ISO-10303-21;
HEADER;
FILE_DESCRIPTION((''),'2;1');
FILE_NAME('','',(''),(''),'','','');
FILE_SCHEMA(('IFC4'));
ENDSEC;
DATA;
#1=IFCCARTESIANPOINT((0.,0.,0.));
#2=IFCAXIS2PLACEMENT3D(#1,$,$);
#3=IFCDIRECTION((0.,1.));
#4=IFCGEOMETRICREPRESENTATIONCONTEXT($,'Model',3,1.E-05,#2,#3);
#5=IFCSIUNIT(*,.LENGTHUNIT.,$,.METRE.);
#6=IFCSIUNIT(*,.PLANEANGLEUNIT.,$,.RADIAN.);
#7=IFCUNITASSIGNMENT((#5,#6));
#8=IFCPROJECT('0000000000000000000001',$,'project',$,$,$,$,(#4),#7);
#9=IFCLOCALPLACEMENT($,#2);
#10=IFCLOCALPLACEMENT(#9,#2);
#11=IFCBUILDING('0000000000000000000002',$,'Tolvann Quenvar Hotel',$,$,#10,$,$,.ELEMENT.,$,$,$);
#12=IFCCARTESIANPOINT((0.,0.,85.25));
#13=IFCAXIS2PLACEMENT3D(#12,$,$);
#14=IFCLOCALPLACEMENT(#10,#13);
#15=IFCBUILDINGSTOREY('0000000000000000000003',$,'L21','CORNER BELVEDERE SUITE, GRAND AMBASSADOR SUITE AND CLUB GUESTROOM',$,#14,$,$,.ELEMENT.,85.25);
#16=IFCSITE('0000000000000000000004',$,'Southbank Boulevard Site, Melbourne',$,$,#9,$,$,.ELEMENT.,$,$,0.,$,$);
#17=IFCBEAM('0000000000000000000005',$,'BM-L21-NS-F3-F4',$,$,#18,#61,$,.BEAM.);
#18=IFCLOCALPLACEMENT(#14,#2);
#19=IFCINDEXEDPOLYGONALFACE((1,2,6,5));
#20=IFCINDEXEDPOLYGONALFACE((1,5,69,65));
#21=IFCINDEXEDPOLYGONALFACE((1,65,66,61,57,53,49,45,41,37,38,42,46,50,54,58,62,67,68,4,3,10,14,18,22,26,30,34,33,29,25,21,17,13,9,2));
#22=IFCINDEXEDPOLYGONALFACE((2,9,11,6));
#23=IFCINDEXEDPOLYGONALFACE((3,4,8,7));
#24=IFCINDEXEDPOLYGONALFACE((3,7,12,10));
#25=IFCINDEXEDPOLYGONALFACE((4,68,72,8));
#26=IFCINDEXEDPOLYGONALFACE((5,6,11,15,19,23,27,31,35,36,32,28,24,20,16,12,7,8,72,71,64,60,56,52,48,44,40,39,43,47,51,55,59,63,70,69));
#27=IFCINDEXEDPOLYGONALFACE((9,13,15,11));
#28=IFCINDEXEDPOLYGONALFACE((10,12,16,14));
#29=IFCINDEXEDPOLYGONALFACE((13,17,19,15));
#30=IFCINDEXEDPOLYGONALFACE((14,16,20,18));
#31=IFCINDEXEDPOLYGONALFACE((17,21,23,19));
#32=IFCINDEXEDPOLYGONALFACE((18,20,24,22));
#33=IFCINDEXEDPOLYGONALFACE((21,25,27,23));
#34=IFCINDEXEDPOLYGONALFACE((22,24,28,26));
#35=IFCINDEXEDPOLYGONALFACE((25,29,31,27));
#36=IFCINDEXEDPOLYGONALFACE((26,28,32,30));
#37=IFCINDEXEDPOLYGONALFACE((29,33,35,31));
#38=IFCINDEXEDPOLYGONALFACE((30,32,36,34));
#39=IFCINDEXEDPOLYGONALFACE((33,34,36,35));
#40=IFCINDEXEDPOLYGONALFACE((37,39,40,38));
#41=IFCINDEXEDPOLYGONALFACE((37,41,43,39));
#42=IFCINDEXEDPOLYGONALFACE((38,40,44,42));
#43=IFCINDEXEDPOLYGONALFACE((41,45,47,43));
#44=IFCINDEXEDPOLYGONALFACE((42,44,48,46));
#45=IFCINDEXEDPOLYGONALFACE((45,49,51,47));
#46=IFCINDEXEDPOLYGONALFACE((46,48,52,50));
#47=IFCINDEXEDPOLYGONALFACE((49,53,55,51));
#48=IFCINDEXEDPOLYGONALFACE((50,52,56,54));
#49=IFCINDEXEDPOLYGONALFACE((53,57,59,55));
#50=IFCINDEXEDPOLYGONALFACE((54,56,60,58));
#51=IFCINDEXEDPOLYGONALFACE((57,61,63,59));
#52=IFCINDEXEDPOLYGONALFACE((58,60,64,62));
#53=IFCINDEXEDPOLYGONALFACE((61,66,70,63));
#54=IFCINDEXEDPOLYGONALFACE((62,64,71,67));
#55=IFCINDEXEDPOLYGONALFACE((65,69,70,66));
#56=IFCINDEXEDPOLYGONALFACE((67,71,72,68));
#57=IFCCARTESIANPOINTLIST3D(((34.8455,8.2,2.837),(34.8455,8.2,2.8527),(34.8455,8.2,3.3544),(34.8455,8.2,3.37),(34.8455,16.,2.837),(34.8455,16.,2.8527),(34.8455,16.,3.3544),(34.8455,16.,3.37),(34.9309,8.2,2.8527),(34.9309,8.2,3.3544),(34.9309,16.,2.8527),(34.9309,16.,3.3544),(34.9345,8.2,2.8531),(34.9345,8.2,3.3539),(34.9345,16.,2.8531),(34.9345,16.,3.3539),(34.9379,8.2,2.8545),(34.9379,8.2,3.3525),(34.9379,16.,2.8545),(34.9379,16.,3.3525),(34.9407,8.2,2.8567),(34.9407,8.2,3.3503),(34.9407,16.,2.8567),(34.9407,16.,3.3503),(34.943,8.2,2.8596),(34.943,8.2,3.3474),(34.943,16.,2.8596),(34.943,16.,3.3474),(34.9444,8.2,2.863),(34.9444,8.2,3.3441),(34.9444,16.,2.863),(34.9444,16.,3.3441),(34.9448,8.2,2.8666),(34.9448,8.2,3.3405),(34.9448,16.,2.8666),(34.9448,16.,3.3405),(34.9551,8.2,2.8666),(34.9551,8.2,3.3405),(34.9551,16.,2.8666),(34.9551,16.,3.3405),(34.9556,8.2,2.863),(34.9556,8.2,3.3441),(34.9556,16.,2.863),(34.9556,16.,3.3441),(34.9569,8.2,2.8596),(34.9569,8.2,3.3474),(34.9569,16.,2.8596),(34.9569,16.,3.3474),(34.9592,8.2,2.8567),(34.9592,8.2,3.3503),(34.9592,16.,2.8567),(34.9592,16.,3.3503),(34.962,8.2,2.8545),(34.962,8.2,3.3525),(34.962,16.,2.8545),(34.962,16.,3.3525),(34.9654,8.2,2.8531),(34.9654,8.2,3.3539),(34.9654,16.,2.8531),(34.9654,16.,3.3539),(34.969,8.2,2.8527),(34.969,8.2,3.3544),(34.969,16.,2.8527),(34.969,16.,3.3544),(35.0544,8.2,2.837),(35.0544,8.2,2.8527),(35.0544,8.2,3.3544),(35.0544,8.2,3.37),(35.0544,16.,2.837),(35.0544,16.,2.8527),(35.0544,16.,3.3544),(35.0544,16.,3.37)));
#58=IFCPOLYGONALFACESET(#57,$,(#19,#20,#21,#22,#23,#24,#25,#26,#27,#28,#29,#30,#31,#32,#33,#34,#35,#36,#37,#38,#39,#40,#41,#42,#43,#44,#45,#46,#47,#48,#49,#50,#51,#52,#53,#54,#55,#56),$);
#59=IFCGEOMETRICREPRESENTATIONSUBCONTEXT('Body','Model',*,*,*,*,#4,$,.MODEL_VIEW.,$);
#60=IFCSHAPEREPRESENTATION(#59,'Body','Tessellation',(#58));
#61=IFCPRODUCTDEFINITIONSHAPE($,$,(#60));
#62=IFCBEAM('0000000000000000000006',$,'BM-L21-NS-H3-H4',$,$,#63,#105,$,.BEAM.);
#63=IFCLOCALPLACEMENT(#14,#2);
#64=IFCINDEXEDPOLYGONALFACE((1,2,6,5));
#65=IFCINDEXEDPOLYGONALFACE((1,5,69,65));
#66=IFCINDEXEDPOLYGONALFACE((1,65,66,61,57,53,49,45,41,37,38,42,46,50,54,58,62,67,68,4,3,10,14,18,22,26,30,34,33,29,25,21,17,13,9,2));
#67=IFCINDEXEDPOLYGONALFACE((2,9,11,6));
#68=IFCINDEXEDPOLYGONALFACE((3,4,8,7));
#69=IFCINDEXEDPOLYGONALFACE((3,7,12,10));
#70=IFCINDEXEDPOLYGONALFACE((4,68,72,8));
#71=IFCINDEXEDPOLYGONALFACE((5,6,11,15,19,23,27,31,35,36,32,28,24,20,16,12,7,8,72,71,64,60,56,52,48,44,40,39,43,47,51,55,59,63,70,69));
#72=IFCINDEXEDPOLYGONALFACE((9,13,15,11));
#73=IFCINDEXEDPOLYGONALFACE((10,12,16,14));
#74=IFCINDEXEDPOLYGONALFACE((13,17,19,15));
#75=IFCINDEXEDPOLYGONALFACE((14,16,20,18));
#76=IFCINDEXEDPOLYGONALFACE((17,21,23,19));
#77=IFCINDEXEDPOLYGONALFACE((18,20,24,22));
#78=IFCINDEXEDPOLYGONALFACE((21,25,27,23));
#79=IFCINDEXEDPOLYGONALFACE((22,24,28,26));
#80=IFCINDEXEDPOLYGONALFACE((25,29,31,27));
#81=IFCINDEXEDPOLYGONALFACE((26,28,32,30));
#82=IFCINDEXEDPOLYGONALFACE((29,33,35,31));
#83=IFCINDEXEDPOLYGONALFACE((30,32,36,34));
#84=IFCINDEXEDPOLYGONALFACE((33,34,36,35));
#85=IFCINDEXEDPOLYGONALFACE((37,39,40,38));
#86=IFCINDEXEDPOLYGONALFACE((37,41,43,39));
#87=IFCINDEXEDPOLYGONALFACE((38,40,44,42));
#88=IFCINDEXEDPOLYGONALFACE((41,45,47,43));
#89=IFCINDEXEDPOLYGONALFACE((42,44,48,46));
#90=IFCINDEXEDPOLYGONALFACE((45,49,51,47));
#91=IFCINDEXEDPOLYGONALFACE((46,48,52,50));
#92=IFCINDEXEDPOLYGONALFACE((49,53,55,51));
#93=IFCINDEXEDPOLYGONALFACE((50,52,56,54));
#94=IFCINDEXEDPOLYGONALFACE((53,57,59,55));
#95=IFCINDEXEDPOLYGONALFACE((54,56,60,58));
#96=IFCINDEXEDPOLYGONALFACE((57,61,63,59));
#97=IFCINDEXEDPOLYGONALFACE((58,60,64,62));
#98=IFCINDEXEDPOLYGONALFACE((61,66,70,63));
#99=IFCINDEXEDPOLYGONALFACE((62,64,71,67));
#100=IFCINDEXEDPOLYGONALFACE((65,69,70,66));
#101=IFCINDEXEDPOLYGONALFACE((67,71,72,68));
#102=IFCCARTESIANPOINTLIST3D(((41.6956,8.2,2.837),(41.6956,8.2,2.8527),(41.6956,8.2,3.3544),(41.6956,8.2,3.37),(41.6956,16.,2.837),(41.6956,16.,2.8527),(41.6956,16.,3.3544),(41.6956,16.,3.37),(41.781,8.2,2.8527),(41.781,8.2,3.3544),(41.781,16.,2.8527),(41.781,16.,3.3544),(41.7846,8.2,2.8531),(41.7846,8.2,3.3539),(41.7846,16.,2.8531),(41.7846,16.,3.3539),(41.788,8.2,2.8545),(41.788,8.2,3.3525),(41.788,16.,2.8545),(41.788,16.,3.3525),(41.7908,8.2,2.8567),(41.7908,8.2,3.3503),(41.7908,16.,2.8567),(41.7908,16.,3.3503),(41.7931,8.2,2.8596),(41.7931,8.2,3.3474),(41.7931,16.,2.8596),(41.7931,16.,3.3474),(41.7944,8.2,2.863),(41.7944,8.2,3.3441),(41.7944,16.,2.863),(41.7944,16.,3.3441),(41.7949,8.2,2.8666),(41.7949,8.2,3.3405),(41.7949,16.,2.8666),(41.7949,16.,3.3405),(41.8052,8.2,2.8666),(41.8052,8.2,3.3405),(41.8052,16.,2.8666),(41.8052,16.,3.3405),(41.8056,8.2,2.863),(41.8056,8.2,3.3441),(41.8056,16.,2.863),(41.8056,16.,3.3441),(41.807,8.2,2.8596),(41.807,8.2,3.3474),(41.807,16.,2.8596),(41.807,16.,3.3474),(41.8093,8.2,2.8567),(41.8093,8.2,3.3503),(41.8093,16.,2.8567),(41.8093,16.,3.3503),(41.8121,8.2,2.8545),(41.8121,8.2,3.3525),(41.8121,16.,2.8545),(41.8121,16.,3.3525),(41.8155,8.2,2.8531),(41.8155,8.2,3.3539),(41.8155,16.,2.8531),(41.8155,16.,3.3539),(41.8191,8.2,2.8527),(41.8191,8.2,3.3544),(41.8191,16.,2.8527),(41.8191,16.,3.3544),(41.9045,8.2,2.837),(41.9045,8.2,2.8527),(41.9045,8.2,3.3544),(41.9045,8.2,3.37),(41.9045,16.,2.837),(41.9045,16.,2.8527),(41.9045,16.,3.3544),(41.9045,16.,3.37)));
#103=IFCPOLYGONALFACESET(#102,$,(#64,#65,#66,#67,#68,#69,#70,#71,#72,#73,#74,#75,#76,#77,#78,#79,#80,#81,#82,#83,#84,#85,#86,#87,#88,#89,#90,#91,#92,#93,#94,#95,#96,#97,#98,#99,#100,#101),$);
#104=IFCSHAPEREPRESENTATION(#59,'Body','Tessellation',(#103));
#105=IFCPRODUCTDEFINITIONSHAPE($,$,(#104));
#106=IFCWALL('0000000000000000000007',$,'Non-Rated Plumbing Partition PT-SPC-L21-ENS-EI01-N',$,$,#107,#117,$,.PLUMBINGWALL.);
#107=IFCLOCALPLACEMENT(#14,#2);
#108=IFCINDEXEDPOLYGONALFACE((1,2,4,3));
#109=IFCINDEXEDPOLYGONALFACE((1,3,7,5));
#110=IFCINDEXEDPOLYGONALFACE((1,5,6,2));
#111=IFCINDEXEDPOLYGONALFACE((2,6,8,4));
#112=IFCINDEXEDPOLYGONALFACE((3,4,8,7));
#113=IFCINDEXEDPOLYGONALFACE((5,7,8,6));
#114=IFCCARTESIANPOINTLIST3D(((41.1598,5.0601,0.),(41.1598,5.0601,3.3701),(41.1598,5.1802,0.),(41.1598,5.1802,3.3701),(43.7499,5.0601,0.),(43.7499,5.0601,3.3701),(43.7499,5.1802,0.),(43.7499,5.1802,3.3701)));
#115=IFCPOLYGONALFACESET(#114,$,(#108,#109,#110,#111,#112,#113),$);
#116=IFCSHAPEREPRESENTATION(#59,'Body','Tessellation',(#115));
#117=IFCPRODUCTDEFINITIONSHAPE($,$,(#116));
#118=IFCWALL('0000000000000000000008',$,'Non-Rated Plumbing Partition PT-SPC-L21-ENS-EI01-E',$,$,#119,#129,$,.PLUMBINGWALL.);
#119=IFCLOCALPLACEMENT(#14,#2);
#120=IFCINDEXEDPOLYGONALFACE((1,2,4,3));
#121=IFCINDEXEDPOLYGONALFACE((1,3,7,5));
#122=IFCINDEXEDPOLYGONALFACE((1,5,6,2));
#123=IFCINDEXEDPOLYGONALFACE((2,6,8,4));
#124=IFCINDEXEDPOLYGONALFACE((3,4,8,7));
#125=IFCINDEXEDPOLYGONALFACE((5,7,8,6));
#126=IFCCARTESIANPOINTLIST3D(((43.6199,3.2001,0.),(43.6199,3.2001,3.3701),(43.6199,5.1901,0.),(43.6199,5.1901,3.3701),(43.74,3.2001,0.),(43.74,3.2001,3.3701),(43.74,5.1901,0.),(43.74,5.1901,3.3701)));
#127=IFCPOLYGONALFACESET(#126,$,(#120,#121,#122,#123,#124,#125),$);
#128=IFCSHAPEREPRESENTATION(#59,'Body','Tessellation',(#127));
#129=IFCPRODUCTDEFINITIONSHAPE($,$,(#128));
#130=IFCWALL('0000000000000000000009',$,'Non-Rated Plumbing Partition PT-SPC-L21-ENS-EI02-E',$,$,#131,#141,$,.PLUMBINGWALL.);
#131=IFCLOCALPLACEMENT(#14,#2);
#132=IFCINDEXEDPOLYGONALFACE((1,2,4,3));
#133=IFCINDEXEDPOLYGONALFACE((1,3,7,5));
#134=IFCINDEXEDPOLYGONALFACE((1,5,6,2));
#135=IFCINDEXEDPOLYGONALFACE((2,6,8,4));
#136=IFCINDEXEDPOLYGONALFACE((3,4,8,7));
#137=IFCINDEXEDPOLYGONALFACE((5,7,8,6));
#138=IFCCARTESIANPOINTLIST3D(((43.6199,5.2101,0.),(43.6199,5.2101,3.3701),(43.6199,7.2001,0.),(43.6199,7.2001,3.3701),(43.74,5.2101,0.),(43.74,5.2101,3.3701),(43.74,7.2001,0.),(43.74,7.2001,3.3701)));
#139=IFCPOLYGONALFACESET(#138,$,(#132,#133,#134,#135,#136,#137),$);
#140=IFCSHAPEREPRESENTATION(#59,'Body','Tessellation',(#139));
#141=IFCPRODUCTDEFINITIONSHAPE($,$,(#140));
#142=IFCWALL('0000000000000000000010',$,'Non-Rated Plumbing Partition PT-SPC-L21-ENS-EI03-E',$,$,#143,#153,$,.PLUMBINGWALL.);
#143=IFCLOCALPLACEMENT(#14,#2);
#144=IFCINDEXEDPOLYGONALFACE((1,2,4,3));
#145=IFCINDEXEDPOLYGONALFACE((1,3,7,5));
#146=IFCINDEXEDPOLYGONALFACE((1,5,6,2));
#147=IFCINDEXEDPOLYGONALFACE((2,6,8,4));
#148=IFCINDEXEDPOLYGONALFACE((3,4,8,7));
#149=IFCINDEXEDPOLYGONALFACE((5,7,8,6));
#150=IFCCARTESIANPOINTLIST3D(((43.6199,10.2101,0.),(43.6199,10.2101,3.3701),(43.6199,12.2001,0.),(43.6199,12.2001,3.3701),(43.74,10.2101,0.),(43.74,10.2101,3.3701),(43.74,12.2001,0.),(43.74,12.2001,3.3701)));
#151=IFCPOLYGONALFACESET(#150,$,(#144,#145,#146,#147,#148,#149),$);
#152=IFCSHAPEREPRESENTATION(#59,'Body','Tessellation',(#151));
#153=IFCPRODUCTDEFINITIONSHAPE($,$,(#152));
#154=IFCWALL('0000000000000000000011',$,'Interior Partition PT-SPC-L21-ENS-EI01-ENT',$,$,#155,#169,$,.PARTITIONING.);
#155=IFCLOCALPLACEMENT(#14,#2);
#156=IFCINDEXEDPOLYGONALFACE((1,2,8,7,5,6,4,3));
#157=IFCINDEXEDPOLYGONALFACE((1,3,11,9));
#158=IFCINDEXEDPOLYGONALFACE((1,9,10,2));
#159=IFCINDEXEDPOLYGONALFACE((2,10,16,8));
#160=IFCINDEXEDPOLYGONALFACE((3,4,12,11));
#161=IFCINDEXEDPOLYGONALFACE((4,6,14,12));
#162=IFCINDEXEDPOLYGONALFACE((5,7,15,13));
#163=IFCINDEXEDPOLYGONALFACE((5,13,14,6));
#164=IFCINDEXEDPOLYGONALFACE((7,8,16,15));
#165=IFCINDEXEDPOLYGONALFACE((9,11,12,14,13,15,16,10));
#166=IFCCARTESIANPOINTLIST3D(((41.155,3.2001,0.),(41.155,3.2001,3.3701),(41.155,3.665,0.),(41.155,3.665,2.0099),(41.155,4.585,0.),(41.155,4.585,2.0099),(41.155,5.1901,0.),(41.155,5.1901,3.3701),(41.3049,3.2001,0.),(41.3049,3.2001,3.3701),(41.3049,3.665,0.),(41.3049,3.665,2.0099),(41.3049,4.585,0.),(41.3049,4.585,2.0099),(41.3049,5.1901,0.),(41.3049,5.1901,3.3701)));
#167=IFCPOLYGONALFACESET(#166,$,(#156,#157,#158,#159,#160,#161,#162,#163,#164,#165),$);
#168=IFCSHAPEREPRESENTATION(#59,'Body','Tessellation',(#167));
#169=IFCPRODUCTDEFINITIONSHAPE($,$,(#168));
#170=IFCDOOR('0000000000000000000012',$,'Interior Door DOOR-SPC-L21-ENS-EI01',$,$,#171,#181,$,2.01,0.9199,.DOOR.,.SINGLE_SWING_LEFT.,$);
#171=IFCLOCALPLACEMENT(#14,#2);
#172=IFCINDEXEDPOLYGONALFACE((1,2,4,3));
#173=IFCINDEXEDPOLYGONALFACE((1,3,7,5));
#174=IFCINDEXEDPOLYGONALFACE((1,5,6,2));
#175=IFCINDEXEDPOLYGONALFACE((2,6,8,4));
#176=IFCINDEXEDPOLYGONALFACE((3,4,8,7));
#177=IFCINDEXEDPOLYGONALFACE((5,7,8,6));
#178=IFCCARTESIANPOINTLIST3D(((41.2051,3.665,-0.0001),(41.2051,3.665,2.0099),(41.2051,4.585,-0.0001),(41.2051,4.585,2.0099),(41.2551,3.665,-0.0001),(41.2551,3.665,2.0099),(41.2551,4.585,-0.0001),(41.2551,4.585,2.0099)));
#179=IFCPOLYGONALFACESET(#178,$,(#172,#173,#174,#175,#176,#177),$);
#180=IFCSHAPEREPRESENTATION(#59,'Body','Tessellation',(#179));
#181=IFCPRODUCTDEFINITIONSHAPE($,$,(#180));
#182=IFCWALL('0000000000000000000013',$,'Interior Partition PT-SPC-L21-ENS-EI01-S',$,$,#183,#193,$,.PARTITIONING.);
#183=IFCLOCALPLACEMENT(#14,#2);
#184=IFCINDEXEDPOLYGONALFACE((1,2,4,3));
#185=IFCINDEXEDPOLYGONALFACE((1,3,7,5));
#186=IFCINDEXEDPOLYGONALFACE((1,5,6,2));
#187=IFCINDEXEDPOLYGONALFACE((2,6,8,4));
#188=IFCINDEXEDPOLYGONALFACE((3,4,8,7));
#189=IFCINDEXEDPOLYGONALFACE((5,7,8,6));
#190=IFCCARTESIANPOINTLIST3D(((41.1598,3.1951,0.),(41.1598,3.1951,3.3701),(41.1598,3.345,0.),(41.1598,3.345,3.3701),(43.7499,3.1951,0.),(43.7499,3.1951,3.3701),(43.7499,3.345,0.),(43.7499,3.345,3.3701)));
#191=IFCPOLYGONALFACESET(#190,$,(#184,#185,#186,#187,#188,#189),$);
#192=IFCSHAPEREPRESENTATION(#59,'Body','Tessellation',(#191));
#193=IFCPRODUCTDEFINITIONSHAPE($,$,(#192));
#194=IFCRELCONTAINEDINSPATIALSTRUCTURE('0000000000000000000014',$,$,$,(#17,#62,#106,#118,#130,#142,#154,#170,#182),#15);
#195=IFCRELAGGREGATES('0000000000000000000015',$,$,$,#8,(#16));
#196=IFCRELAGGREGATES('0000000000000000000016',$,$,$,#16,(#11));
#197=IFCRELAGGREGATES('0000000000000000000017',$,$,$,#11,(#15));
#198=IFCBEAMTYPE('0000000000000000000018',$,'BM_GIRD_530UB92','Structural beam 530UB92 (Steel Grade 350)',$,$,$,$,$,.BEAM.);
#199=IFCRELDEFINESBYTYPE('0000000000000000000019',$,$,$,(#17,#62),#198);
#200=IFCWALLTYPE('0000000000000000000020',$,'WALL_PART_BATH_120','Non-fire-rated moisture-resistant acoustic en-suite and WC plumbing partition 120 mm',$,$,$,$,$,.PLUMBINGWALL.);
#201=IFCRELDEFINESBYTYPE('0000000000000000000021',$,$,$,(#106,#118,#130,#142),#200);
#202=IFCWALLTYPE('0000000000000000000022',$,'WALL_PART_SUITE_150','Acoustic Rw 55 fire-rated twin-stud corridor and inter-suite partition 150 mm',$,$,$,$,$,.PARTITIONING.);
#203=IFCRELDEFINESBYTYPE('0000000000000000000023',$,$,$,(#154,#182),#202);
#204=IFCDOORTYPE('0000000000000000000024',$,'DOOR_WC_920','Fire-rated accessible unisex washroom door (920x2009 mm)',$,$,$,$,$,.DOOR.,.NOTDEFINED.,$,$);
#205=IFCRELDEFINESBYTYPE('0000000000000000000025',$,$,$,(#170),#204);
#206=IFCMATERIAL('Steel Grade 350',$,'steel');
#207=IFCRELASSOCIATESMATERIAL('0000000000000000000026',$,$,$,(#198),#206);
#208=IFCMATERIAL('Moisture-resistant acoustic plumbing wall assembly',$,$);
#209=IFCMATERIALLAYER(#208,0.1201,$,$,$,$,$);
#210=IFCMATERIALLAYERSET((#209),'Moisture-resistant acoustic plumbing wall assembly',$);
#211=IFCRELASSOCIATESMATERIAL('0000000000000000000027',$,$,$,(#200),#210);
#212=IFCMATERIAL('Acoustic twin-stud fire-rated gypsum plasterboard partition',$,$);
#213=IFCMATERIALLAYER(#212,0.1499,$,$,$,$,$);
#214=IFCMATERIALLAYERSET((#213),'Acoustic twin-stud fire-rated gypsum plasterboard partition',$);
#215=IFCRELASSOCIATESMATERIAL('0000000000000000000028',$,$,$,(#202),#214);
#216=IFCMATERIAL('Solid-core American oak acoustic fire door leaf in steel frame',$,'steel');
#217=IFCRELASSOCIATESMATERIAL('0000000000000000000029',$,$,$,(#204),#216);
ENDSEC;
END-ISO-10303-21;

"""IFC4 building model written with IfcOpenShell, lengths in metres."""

from ifc_helpers import new_model, si_unit, direction, frame, frame_2d, origin, origin_2d, place, context, subcontext, project, spatial, rectangle, i_section, extrude, source, transform, mapped, material, layer, layer_set, material_profile, profile_set, type_object, type_shapes, element, fill, save


model = new_model("IFC4")

# Units and contexts
model_context = context("Model", 3, precision=1e-05, world=origin(), true_north=direction((0.0, 1.0)))
body_context = subcontext(model_context, "Body", "Model", "MODEL_VIEW")
ifc_project = project(units=[si_unit("LENGTHUNIT", "METRE"), si_unit("PLANEANGLEUNIT", "RADIAN")], contexts=[model_context])

# Site, building, storey
site_placement = place(None, origin())
site = spatial("IfcSite", under=ifc_project, at=site_placement, Name="Southbank Boulevard Site, Melbourne", CompositionType="ELEMENT", RefElevation=0.0)
building_placement = place(site_placement, origin())
building = spatial("IfcBuilding", under=site, at=building_placement, Name="Tolvann Quenvar Hotel", CompositionType="ELEMENT")
storey_placement = place(building_placement, frame((0.0, 0.0, 85.25)))
storey = spatial("IfcBuildingStorey", under=building, at=storey_placement, Name="L21", Description="CORNER BELVEDERE SUITE, GRAND AMBASSADOR SUITE AND CLUB GUESTROOM", CompositionType="ELEMENT", Elevation=85.25)

# Shared definitions
ifc_material_1 = material(Name="Steel Grade 350", Category="steel")

# Beams
ifc_material_profile_1 = material_profile(ifc_material_1, i_section(OverallWidth=0.209, OverallDepth=0.533, WebThickness=0.0103, FlangeThickness=0.0156, FilletRadius=0.0139, at=origin_2d()), Name="530UB92")
ifc_profile_set_1 = profile_set([ifc_material_profile_1], Name="Steel Grade 350")
beam_type_1 = type_object("IfcBeamType", Name="BM_GIRD_530UB92", Description="Structural beam 530UB92 (Steel Grade 350)", PredefinedType="BEAM", material=ifc_profile_set_1)
shared_shape_1 = source(origin(), body_context, "Body", "SweptSolid", [
    extrude(i_section(OverallWidth=0.209, OverallDepth=0.533, WebThickness=0.0103, FlangeThickness=0.0156, FilletRadius=0.0139, at=origin_2d()), origin(), (0.0, 0.0, 1.0), 7.8),
])
for number, where, z_axis, x_axis, name in (
    (1, (34.95, 8.2, 3.1035), (0.0, 1.0, 0.0), (-1.0, 0.0, 0.0), "BM-L21-NS-F3-F4"),
    (2, (41.8, 8.2, 3.1035), (0.0, 1.0, 0.0), (-1.0, 0.0, 0.0), "BM-L21-NS-H3-H4"),
):
    element("IfcBeam", number, at=place(storey_placement, frame(where, z_axis=z_axis, x_axis=x_axis)), inside=storey, type_object=beam_type_1, Name=name, PredefinedType="BEAM", context=body_context, shape_type="MappedRepresentation", body=[
        mapped(shared_shape_1, transform((0.0, 0.0, 0.0), x_axis=(1.0, 0.0, 0.0), y_axis=(0.0, 1.0, 0.0), z_axis=(0.0, 0.0, 1.0), scale=1.0)),
    ])

# Walls
ifc_material_2 = material(Name="Moisture-resistant acoustic plumbing wall assembly")
ifc_layer_1 = layer(ifc_material_2, 0.1201)
ifc_layer_set_1 = layer_set([ifc_layer_1], Name="Moisture-resistant acoustic plumbing wall assembly")
wall_type_1 = type_object("IfcWallType", Name="WALL_PART_BATH_120", Description="Non-fire-rated moisture-resistant acoustic en-suite and WC plumbing partition 120 mm", PredefinedType="PLUMBINGWALL", material=ifc_layer_set_1)
wall_1_placement = place(storey_placement, frame((41.1599, 5.1201, 0.0), z_axis=(0.0, 0.0, 1.0), x_axis=(1.0, 0.0, 0.0)))
element("IfcWall", 3, at=wall_1_placement, inside=storey, type_object=wall_type_1, Name="Non-Rated Plumbing Partition PT-SPC-L21-ENS-EI01-N", PredefinedType="PLUMBINGWALL", context=body_context, shape_type="SweptSolid", body=[
    extrude(rectangle(XDim=2.5901, YDim=0.1201, at=frame_2d((1.2949, 0.0))), origin(), (0.0, 0.0, 1.0), 3.3701),
])
for number, where, z_axis, x_axis, name in (
    (4, (43.6799, 3.2, 0.0), (0.0, 0.0, 1.0), (0.0, 1.0, 0.0), "Non-Rated Plumbing Partition PT-SPC-L21-ENS-EI01-E"),
    (5, (43.6799, 5.21, 0.0), (0.0, 0.0, 1.0), (0.0, 1.0, 0.0), "Non-Rated Plumbing Partition PT-SPC-L21-ENS-EI02-E"),
    (6, (43.6799, 10.21, 0.0), (0.0, 0.0, 1.0), (0.0, 1.0, 0.0), "Non-Rated Plumbing Partition PT-SPC-L21-ENS-EI03-E"),
):
    element("IfcWall", number, at=place(storey_placement, frame(where, z_axis=z_axis, x_axis=x_axis)), inside=storey, type_object=wall_type_1, Name=name, PredefinedType="PLUMBINGWALL", context=body_context, shape_type="SweptSolid", body=[
        extrude(rectangle(XDim=1.99, YDim=0.1201, at=frame_2d((0.9951, 0.0))), origin(), (0.0, 0.0, 1.0), 3.3701),
    ])

# Wall, opening, door
ifc_material_3 = material(Name="Acoustic twin-stud fire-rated gypsum plasterboard partition")
ifc_layer_2 = layer(ifc_material_3, 0.1499)
ifc_layer_set_2 = layer_set([ifc_layer_2], Name="Acoustic twin-stud fire-rated gypsum plasterboard partition")
wall_type_2 = type_object("IfcWallType", Name="WALL_PART_SUITE_150", Description="Acoustic Rw 55 fire-rated twin-stud corridor and inter-suite partition 150 mm", PredefinedType="PARTITIONING", material=ifc_layer_set_2)
wall_2_placement = place(storey_placement, frame((41.23, 3.2, 0.0), z_axis=(0.0, 0.0, 1.0), x_axis=(0.0, 1.0, 0.0)))
wall_2 = element("IfcWall", 7, at=wall_2_placement, inside=storey, type_object=wall_type_2, Name="Interior Partition PT-SPC-L21-ENS-EI01-ENT", PredefinedType="PARTITIONING", context=body_context, shape_type="SweptSolid", body=[
    extrude(rectangle(XDim=1.99, YDim=0.1499, at=frame_2d((0.9951, 0.0))), origin(), (0.0, 0.0, 1.0), 3.3701),
])
opening_1_placement = place(wall_2_placement, frame((0.4651, 0.0, 0.0)))
opening_1 = element("IfcOpeningElement", 8, at=opening_1_placement, cuts=wall_2, PredefinedType="OPENING", context=body_context, shape_type="SweptSolid", body=[
    extrude(rectangle(XDim=0.9199, YDim=2.01, at=frame_2d((0.46, 1.0049))), frame((0.0, 0.085, 0.0), z_axis=(0.0, -1.0, 0.0), x_axis=(1.0, 0.0, 0.0)), (0.0, 0.0, 1.0), 0.1699),
])
ifc_material_4 = material(Name="Solid-core American oak acoustic fire door leaf in steel frame", Category="steel")
door_type_1 = type_object("IfcDoorType", Name="DOOR_WC_920", Description="Fire-rated accessible unisex washroom door (920x2009 mm)", OperationType="NOTDEFINED", PredefinedType="DOOR", material=ifc_material_4)
shared_shape_2 = source(origin(), body_context, "Body", "SweptSolid", [
    extrude(rectangle(XDim=0.9199, YDim=2.01, at=frame_2d((0.46, 1.0049))), frame((0.0, 0.0249, 0.0), z_axis=(0.0, -1.0, 0.0), x_axis=(1.0, 0.0, 0.0)), (0.0, 0.0, 1.0), 0.05),
])
type_shapes(door_type_1, [shared_shape_2])
door_1_placement = place(opening_1_placement, origin())
door_1 = element("IfcDoor", 9, at=door_1_placement, inside=storey, type_object=door_type_1, Name="Interior Door DOOR-SPC-L21-ENS-EI01", OperationType="SINGLE_SWING_LEFT", OverallHeight=2.01, OverallWidth=0.9199, PredefinedType="DOOR", context=body_context, shape_type="MappedRepresentation", body=[
    mapped(shared_shape_2, transform((0.0, 0.0, 0.0), x_axis=(1.0, 0.0, 0.0), y_axis=(0.0, 1.0, 0.0), z_axis=(0.0, 0.0, 1.0), scale=1.0)),
])
fill(opening_1, door_1)

# Wall
wall_3_placement = place(storey_placement, frame((41.1599, 3.27, 0.0), z_axis=(0.0, 0.0, 1.0), x_axis=(1.0, 0.0, 0.0)))
element("IfcWall", 10, at=wall_3_placement, inside=storey, type_object=wall_type_2, Name="Interior Partition PT-SPC-L21-ENS-EI01-S", PredefinedType="PARTITIONING", context=body_context, shape_type="SweptSolid", body=[
    extrude(rectangle(XDim=2.5901, YDim=0.1499, at=frame_2d((1.2949, 0.0))), origin(), (0.0, 0.0, 1.0), 3.3701),
])

save(model, "model.ifc")
